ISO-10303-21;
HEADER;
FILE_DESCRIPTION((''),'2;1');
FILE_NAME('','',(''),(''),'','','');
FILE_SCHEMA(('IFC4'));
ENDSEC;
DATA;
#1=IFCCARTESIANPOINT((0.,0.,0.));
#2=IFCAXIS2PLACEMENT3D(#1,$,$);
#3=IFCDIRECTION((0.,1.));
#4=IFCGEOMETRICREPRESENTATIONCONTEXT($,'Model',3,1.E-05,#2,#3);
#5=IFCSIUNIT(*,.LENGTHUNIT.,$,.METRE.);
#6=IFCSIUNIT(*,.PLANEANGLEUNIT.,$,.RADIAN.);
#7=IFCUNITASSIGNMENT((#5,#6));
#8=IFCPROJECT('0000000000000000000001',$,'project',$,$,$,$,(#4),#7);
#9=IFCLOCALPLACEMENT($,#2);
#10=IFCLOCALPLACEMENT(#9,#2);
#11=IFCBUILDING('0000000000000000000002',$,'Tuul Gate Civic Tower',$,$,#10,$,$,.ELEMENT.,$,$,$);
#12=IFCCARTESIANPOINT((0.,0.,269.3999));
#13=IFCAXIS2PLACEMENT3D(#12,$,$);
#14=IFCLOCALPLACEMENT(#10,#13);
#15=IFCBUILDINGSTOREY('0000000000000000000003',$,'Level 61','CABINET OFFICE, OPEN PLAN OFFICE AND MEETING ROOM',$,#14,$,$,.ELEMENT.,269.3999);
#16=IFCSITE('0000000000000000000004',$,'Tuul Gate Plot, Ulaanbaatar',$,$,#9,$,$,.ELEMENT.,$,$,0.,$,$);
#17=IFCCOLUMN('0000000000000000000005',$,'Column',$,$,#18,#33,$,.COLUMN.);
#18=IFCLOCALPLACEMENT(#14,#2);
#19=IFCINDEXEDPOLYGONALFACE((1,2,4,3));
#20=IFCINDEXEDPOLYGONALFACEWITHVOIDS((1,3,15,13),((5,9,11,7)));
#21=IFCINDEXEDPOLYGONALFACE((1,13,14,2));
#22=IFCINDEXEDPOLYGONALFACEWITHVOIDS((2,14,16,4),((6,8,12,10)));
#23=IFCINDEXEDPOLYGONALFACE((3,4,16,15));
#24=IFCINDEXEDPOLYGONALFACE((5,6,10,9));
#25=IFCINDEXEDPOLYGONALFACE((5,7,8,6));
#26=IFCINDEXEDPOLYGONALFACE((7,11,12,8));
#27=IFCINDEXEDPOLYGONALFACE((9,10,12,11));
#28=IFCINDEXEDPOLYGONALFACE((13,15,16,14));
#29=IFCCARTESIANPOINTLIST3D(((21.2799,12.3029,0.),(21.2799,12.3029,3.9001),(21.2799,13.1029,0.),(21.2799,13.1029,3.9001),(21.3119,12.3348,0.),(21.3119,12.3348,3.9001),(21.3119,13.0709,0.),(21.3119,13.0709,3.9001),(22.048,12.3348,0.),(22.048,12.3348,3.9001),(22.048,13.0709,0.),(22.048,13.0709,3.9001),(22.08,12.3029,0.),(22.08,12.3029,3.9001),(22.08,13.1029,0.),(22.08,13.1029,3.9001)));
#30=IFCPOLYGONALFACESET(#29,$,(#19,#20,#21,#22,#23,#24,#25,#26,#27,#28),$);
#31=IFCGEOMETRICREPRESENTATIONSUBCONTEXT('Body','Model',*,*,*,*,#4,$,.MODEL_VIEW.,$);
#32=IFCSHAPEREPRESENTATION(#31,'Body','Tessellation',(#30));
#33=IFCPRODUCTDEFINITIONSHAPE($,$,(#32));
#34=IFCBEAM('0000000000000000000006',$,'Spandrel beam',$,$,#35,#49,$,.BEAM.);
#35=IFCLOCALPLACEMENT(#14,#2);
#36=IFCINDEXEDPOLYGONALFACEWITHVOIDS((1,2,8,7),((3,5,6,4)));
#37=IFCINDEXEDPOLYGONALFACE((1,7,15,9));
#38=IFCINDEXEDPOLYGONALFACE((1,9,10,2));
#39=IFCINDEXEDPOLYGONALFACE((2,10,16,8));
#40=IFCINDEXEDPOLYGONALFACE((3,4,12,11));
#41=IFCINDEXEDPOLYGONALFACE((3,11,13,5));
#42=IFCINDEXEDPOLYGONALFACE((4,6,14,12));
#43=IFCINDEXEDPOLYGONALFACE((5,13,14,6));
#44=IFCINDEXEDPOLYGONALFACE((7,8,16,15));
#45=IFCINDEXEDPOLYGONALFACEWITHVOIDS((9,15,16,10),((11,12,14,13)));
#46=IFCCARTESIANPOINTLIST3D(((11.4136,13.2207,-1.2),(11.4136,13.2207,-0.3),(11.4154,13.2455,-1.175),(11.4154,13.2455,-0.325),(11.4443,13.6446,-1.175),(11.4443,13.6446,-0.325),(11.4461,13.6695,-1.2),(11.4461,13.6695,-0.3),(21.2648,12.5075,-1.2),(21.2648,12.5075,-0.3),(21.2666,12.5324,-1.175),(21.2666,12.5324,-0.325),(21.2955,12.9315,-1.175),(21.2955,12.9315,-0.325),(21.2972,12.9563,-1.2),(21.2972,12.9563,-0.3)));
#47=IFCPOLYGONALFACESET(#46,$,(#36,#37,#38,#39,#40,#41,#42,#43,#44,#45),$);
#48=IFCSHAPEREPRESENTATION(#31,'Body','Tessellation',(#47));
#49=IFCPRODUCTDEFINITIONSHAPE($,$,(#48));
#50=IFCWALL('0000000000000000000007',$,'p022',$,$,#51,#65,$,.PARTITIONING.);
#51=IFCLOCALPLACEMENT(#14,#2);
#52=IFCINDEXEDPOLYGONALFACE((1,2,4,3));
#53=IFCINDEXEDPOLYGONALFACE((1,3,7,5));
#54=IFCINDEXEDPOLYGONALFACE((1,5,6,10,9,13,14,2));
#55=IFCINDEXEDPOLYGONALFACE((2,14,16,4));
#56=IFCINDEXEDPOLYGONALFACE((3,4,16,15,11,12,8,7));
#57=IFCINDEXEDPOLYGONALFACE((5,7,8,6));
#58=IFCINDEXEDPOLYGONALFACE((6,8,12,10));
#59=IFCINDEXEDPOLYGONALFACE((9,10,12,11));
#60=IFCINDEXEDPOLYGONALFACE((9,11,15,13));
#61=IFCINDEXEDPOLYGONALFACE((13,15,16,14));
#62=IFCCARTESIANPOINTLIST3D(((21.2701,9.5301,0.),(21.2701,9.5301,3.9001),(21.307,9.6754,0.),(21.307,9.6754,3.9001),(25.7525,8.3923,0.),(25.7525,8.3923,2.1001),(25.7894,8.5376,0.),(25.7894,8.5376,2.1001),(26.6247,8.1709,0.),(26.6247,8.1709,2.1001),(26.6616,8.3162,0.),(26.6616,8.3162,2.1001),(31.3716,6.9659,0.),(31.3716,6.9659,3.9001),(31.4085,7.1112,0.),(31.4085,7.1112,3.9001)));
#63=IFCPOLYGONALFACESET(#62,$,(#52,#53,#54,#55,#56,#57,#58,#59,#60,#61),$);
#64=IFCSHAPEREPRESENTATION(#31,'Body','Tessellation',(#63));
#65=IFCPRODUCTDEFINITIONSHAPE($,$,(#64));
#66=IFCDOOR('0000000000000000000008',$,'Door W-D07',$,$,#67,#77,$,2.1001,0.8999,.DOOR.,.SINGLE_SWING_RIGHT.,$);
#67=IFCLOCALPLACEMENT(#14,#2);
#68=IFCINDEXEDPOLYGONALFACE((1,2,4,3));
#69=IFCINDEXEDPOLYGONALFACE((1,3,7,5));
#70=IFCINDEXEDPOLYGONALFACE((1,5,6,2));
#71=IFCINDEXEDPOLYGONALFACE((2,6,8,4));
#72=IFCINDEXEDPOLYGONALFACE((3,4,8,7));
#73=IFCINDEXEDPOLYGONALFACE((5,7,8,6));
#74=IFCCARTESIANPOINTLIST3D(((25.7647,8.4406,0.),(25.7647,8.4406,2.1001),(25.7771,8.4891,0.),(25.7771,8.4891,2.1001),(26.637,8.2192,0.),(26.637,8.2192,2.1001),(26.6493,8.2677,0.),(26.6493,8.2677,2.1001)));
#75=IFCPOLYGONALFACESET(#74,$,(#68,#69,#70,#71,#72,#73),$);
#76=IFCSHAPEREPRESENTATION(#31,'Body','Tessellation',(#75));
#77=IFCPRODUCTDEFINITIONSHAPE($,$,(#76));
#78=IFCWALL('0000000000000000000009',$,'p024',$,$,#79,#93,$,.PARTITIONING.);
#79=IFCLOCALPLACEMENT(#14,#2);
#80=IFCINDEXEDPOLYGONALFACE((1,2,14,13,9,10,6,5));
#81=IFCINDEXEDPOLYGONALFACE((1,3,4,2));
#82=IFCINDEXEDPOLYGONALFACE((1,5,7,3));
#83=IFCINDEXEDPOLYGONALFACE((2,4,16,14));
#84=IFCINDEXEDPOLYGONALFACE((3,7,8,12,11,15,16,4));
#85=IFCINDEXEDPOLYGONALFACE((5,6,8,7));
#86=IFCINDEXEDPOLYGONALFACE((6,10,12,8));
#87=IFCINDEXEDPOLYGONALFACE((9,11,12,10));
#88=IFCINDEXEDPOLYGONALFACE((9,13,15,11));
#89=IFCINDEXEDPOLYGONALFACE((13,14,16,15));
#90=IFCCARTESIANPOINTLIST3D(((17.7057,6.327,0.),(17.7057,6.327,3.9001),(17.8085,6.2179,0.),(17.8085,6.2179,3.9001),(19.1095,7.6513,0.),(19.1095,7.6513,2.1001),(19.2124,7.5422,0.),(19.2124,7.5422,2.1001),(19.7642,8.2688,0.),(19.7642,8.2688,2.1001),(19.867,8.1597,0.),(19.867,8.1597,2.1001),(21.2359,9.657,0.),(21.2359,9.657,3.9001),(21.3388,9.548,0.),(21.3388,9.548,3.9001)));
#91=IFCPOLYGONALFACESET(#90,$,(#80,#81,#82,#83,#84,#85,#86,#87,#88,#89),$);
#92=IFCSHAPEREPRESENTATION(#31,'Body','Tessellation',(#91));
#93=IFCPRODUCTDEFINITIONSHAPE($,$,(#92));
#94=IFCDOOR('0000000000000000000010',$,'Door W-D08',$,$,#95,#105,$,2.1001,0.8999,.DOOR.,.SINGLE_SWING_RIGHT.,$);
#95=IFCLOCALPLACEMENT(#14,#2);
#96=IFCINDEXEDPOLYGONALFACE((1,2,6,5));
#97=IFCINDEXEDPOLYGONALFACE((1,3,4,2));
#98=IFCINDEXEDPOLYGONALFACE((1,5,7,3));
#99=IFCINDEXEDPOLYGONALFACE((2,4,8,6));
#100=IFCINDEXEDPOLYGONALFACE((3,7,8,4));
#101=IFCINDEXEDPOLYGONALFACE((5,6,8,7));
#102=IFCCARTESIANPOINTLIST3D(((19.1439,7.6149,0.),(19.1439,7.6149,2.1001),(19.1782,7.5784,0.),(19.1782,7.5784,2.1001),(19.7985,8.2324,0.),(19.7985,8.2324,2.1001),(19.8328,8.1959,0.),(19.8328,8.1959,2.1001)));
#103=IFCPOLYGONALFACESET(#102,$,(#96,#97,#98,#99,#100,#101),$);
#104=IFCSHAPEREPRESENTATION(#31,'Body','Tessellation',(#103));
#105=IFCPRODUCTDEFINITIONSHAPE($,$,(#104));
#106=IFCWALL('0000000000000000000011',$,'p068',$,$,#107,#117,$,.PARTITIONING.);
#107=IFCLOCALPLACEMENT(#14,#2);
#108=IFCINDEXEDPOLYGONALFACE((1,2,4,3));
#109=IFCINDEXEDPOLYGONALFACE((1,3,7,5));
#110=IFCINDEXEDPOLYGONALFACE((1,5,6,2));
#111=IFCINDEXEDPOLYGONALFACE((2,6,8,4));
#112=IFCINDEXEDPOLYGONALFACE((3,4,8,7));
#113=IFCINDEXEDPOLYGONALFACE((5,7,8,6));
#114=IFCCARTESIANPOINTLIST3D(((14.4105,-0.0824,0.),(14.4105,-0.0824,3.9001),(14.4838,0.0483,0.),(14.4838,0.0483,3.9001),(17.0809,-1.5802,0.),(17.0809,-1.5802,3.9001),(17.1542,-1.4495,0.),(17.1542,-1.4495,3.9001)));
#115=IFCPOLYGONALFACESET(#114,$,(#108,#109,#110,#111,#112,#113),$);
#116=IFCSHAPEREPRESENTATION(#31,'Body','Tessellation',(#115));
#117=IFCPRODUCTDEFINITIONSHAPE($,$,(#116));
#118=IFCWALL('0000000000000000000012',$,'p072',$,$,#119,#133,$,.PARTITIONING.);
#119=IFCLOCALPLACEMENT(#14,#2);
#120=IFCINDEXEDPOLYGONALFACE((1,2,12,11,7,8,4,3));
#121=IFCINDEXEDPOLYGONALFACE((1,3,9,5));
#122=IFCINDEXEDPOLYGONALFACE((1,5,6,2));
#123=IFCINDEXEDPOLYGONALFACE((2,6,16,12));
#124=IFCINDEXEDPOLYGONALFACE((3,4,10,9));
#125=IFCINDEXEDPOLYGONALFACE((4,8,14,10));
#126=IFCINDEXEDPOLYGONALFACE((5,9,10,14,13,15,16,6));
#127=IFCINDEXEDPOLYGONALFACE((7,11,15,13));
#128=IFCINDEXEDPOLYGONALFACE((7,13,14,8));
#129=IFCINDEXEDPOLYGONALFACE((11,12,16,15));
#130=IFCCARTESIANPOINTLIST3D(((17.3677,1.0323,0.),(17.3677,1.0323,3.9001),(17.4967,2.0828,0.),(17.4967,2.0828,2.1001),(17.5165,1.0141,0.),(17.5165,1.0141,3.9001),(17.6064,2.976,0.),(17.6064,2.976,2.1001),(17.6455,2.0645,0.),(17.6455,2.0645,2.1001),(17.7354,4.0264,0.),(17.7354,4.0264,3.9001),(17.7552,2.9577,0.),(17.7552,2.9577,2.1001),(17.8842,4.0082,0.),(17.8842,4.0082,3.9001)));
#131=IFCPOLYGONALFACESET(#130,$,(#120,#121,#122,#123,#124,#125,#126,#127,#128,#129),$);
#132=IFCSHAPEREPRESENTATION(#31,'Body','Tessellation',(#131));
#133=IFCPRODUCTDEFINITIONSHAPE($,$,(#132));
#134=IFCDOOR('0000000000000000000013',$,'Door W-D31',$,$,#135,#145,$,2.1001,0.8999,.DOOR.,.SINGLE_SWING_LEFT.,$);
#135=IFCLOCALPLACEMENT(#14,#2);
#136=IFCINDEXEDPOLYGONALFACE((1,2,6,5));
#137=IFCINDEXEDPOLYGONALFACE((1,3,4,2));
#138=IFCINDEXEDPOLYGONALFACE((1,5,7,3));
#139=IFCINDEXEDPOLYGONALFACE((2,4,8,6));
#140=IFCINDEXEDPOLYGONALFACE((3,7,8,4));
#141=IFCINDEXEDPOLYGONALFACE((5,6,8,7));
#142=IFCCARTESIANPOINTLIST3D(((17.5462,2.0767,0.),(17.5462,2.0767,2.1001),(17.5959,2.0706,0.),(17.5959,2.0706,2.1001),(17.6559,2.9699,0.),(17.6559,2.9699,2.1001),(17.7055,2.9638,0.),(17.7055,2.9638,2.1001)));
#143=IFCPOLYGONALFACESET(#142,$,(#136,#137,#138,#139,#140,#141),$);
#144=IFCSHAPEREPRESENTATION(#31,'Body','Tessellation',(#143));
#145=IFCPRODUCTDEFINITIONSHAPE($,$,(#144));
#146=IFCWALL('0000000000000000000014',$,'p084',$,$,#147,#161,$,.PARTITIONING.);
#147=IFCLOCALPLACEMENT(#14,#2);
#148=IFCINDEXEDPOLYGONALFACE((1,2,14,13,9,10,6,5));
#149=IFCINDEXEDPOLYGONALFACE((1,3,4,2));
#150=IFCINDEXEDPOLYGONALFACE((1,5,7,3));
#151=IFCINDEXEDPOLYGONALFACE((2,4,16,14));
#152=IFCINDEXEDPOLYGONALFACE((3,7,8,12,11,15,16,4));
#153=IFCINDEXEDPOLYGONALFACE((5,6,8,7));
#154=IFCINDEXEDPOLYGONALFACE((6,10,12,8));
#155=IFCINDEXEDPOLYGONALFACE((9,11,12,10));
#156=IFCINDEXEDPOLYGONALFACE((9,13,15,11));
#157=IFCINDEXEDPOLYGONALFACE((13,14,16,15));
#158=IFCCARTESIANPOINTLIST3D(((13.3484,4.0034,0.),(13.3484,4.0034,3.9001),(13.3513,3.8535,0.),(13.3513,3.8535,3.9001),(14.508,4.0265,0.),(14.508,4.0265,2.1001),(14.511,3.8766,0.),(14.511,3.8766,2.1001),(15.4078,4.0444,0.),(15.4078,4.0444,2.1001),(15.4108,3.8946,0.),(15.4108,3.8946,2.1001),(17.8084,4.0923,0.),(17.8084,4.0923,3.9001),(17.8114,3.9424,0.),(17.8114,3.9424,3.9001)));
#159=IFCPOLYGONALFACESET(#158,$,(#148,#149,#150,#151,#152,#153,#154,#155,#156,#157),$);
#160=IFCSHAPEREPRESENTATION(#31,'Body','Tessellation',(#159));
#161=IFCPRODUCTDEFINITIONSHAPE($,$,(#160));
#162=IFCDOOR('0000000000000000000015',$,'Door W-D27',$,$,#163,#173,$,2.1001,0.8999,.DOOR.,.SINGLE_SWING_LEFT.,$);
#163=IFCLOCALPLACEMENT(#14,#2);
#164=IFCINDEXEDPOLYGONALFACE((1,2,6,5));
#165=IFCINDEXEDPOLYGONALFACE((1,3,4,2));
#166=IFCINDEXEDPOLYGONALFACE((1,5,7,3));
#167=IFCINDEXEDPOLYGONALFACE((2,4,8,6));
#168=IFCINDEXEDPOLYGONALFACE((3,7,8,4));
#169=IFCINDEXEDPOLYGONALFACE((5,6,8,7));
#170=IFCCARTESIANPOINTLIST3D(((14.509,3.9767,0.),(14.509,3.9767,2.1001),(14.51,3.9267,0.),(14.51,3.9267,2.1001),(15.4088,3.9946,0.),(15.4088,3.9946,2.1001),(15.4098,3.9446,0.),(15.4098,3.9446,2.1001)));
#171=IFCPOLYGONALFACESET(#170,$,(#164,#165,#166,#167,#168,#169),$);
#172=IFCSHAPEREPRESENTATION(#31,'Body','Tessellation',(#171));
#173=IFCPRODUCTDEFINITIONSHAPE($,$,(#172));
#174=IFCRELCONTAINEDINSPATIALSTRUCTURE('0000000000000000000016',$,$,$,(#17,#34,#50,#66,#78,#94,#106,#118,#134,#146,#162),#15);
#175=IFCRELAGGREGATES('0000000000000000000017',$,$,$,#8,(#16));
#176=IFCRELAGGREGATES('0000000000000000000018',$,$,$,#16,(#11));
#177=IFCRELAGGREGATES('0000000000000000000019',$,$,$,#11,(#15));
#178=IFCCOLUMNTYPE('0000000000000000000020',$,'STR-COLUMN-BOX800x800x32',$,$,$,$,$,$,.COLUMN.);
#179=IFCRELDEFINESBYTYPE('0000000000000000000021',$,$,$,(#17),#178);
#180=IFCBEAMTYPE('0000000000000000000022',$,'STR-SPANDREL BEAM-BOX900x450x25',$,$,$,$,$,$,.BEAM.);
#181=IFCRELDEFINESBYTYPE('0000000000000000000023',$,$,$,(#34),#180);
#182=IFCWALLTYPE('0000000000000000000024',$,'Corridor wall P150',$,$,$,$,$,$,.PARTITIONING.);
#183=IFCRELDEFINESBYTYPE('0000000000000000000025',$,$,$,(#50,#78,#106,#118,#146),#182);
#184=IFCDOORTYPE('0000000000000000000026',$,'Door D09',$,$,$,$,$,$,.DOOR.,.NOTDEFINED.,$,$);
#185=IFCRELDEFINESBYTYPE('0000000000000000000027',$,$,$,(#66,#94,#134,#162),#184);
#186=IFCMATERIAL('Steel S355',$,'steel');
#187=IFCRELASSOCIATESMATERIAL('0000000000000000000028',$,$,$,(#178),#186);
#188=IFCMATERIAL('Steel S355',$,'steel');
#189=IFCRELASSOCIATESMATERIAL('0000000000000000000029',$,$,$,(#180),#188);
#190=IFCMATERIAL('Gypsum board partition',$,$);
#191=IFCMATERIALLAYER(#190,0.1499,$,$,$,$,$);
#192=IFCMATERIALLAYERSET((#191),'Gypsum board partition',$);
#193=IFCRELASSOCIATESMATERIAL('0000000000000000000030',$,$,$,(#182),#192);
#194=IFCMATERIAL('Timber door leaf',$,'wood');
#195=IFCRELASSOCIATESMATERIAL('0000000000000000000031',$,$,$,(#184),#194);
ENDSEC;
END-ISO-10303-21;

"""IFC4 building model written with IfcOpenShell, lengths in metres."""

from ifc_helpers import new_model, si_unit, direction, frame, frame_2d, origin, origin_2d, place, context, subcontext, project, spatial, rectangle, hollow_rectangle, extrude, material, layer, layer_set, material_profile, profile_set, type_object, element, fill, save


model = new_model("IFC4")

# Units and contexts
model_context = context("Model", 3, precision=1e-05, world=origin(), true_north=direction((0.0, 1.0)))
body_context = subcontext(model_context, "Body", "Model", "MODEL_VIEW")
ifc_project = project(units=[si_unit("LENGTHUNIT", "METRE"), si_unit("PLANEANGLEUNIT", "RADIAN")], contexts=[model_context])

# Site, building, storey
site_placement = place(None, origin())
site = spatial("IfcSite", under=ifc_project, at=site_placement, Name="Tuul Gate Plot, Ulaanbaatar", CompositionType="ELEMENT", RefElevation=0.0)
building_placement = place(site_placement, origin())
building = spatial("IfcBuilding", under=site, at=building_placement, Name="Tuul Gate Civic Tower", CompositionType="ELEMENT")
storey_placement = place(building_placement, frame((0.0, 0.0, 269.3999)))
storey = spatial("IfcBuildingStorey", under=building, at=storey_placement, Name="Level 61", Description="CABINET OFFICE, OPEN PLAN OFFICE AND MEETING ROOM", CompositionType="ELEMENT", Elevation=269.3999)

# Column
ifc_material_1 = material(Name="Steel S355", Category="steel")
ifc_material_profile_1 = material_profile(ifc_material_1, hollow_rectangle(XDim=0.8, YDim=0.8, WallThickness=0.032, at=origin_2d()), Name="BOX800x800x32")
ifc_profile_set_1 = profile_set([ifc_material_profile_1], Name="Steel S355")
column_type = type_object("IfcColumnType", Name="STR-COLUMN-BOX800x800x32", PredefinedType="COLUMN", material=ifc_profile_set_1)
column_placement = place(storey_placement, frame((21.6799, 12.7029, 0.0), z_axis=(0.0, 0.0, 1.0), x_axis=(1.0, 0.0, 0.0)))
element("IfcColumn", 1, at=column_placement, inside=storey, type_object=column_type, Name="Column", PredefinedType="COLUMN", context=body_context, shape_type="SweptSolid", body=[
    extrude(hollow_rectangle(XDim=0.8, YDim=0.8, WallThickness=0.032, at=origin_2d()), origin(), (0.0, 0.0, 1.0), 3.9001),
])

# Beam
ifc_material_2 = material(Name="Steel S355", Category="steel")
ifc_material_profile_2 = material_profile(ifc_material_2, hollow_rectangle(XDim=0.45, YDim=0.8999, WallThickness=0.0249, at=origin_2d()), Name="BOX900x450x25")
ifc_profile_set_2 = profile_set([ifc_material_profile_2], Name="Steel S355")
beam_type = type_object("IfcBeamType", Name="STR-SPANDREL BEAM-BOX900x450x25", PredefinedType="BEAM", material=ifc_profile_set_2)
beam_placement = place(storey_placement, frame((21.281, 12.7319, -0.75), z_axis=(-0.99739, 0.072203, 0.0), x_axis=(-0.072203, -0.99739, 0.0)))
element("IfcBeam", 2, at=beam_placement, inside=storey, type_object=beam_type, Name="Spandrel beam", PredefinedType="BEAM", context=body_context, shape_type="SweptSolid", body=[
    extrude(hollow_rectangle(XDim=0.45, YDim=0.8999, WallThickness=0.0249, at=origin_2d()), origin(), (0.0, 0.0, 1.0), 9.877),
])

# Walls, openings, doors
ifc_material_3 = material(Name="Gypsum board partition")
ifc_layer_1 = layer(ifc_material_3, 0.1499)
ifc_layer_set_1 = layer_set([ifc_layer_1], Name="Gypsum board partition")
wall_type_1 = type_object("IfcWallType", Name="Corridor wall P150", PredefinedType="PARTITIONING", material=ifc_layer_set_1)
wall_1_placement = place(storey_placement, frame((21.2886, 9.6028, 0.0), z_axis=(0.0, 0.0, 1.0), x_axis=(0.96926, -0.24604, 0.0)))
wall_1 = element("IfcWall", 3, at=wall_1_placement, inside=storey, type_object=wall_type_1, Name="p022", PredefinedType="PARTITIONING", context=body_context, shape_type="SweptSolid", body=[
    extrude(rectangle(XDim=10.4219, YDim=0.1499, at=frame_2d((5.2109, 0.0))), origin(), (0.0, 0.0, 1.0), 3.9001),
])
opening_1_placement = place(wall_1_placement, frame((4.6245, 0.0, 0.0)))
opening_1 = element("IfcOpeningElement", 4, at=opening_1_placement, cuts=wall_1, PredefinedType="OPENING", context=body_context, shape_type="SweptSolid", body=[
    extrude(rectangle(XDim=0.8999, YDim=2.1001, at=frame_2d((0.45, 1.05))), frame((0.0, 0.085, 0.0), z_axis=(0.0, -1.0, 0.0), x_axis=(1.0, 0.0, 0.0)), (0.0, 0.0, 1.0), 0.1699),
])
ifc_material_4 = material(Name="Timber door leaf", Category="wood")
door_type_1 = type_object("IfcDoorType", Name="Door D09", OperationType="NOTDEFINED", PredefinedType="DOOR", material=ifc_material_4)
door_1_placement = place(opening_1_placement, origin())
door_1 = element("IfcDoor", 5, at=door_1_placement, inside=storey, type_object=door_type_1, Name="Door W-D07", OperationType="SINGLE_SWING_RIGHT", OverallHeight=2.1001, OverallWidth=0.8999, PredefinedType="DOOR", context=body_context, shape_type="SweptSolid", body=[
    extrude(rectangle(XDim=0.8999, YDim=2.1001, at=frame_2d((0.45, 1.05))), frame((0.0, 0.0249, 0.0), z_axis=(0.0, -1.0, 0.0), x_axis=(1.0, 0.0, 0.0)), (0.0, 0.0, 1.0), 0.05),
])
fill(opening_1, door_1)
wall_2_placement = place(storey_placement, frame((17.7571, 6.2725, 0.0), z_axis=(0.0, 0.0, 1.0), x_axis=(0.727432, 0.68618, 0.0)))
wall_2 = element("IfcWall", 6, at=wall_2_placement, inside=storey, type_object=wall_type_1, Name="p024", PredefinedType="PARTITIONING", context=body_context, shape_type="SweptSolid", body=[
    extrude(rectangle(XDim=4.853, YDim=0.1499, at=frame_2d((2.4265, 0.0))), origin(), (0.0, 0.0, 1.0), 3.9001),
])
opening_2_placement = place(wall_2_placement, frame((1.9299, 0.0, 0.0)))
opening_2 = element("IfcOpeningElement", 7, at=opening_2_placement, cuts=wall_2, PredefinedType="OPENING", context=body_context, shape_type="SweptSolid", body=[
    extrude(rectangle(XDim=0.8999, YDim=2.1001, at=frame_2d((0.45, 1.05))), frame((0.0, 0.085, 0.0), z_axis=(0.0, -1.0, 0.0), x_axis=(1.0, 0.0, 0.0)), (0.0, 0.0, 1.0), 0.1699),
])
door_2_placement = place(opening_2_placement, origin())
door_2 = element("IfcDoor", 8, at=door_2_placement, inside=storey, type_object=door_type_1, Name="Door W-D08", OperationType="SINGLE_SWING_RIGHT", OverallHeight=2.1001, OverallWidth=0.8999, PredefinedType="DOOR", context=body_context, shape_type="SweptSolid", body=[
    extrude(rectangle(XDim=0.8999, YDim=2.1001, at=frame_2d((0.45, 1.05))), frame((0.0, 0.0249, 0.0), z_axis=(0.0, -1.0, 0.0), x_axis=(1.0, 0.0, 0.0)), (0.0, 0.0, 1.0), 0.05),
])
fill(opening_2, door_2)

# Wall
wall_3_placement = place(storey_placement, frame((14.4473, -0.0171, 0.0), z_axis=(0.0, 0.0, 1.0), x_axis=(0.872175, -0.489193, 0.0)))
element("IfcWall", 9, at=wall_3_placement, inside=storey, type_object=wall_type_1, Name="p068", PredefinedType="PARTITIONING", context=body_context, shape_type="SweptSolid", body=[
    extrude(rectangle(XDim=3.0618, YDim=0.1499, at=frame_2d((1.5308, 0.0))), origin(), (0.0, 0.0, 1.0), 3.9001),
])

# Walls, openings, doors
wall_4_placement = place(storey_placement, frame((17.4421, 1.0232, 0.0), z_axis=(0.0, 0.0, 1.0), x_axis=(0.121883, 0.992544, 0.0)))
wall_4 = element("IfcWall", 10, at=wall_4_placement, inside=storey, type_object=wall_type_1, Name="p072", PredefinedType="PARTITIONING", context=body_context, shape_type="SweptSolid", body=[
    extrude(rectangle(XDim=3.0166, YDim=0.1499, at=frame_2d((1.5083, 0.0))), origin(), (0.0, 0.0, 1.0), 3.9001),
])
opening_3_placement = place(wall_4_placement, frame((1.0583, 0.0, 0.0)))
opening_3 = element("IfcOpeningElement", 11, at=opening_3_placement, cuts=wall_4, PredefinedType="OPENING", context=body_context, shape_type="SweptSolid", body=[
    extrude(rectangle(XDim=0.8999, YDim=2.1001, at=frame_2d((0.45, 1.05))), frame((0.0, 0.085, 0.0), z_axis=(0.0, -1.0, 0.0), x_axis=(1.0, 0.0, 0.0)), (0.0, 0.0, 1.0), 0.1699),
])
door_3_placement = place(opening_3_placement, frame((0.8999, 0.0, 0.0), z_axis=(0.0, 0.0, 1.0), x_axis=(-1.0, 0.0, 0.0)))
door_3 = element("IfcDoor", 12, at=door_3_placement, inside=storey, type_object=door_type_1, Name="Door W-D31", OperationType="SINGLE_SWING_LEFT", OverallHeight=2.1001, OverallWidth=0.8999, PredefinedType="DOOR", context=body_context, shape_type="SweptSolid", body=[
    extrude(rectangle(XDim=0.8999, YDim=2.1001, at=frame_2d((0.45, 1.05))), frame((0.0, 0.0249, 0.0), z_axis=(0.0, -1.0, 0.0), x_axis=(1.0, 0.0, 0.0)), (0.0, 0.0, 1.0), 0.05),
])
fill(opening_3, door_3)
wall_5_placement = place(storey_placement, frame((13.3499, 3.9285, 0.0), z_axis=(0.0, 0.0, 1.0), x_axis=(0.999802, 0.019922, 0.0)))
wall_5 = element("IfcWall", 13, at=wall_5_placement, inside=storey, type_object=wall_type_1, Name="p084", PredefinedType="PARTITIONING", context=body_context, shape_type="SweptSolid", body=[
    extrude(rectangle(XDim=4.4609, YDim=0.1499, at=frame_2d((2.2305, 0.0))), origin(), (0.0, 0.0, 1.0), 3.9001),
])
opening_4_placement = place(wall_5_placement, frame((1.1599, 0.0, 0.0)))
opening_4 = element("IfcOpeningElement", 14, at=opening_4_placement, cuts=wall_5, PredefinedType="OPENING", context=body_context, shape_type="SweptSolid", body=[
    extrude(rectangle(XDim=0.8999, YDim=2.1001, at=frame_2d((0.45, 1.05))), frame((0.0, 0.085, 0.0), z_axis=(0.0, -1.0, 0.0), x_axis=(1.0, 0.0, 0.0)), (0.0, 0.0, 1.0), 0.1699),
])
door_4_placement = place(opening_4_placement, frame((0.8999, 0.0, 0.0), z_axis=(0.0, 0.0, 1.0), x_axis=(-1.0, 0.0, 0.0)))
door_4 = element("IfcDoor", 15, at=door_4_placement, inside=storey, type_object=door_type_1, Name="Door W-D27", OperationType="SINGLE_SWING_LEFT", OverallHeight=2.1001, OverallWidth=0.8999, PredefinedType="DOOR", context=body_context, shape_type="SweptSolid", body=[
    extrude(rectangle(XDim=0.8999, YDim=2.1001, at=frame_2d((0.45, 1.05))), frame((0.0, 0.0249, 0.0), z_axis=(0.0, -1.0, 0.0), x_axis=(1.0, 0.0, 0.0)), (0.0, 0.0, 1.0), 0.05),
])
fill(opening_4, door_4)

save(model, "model.ifc")
